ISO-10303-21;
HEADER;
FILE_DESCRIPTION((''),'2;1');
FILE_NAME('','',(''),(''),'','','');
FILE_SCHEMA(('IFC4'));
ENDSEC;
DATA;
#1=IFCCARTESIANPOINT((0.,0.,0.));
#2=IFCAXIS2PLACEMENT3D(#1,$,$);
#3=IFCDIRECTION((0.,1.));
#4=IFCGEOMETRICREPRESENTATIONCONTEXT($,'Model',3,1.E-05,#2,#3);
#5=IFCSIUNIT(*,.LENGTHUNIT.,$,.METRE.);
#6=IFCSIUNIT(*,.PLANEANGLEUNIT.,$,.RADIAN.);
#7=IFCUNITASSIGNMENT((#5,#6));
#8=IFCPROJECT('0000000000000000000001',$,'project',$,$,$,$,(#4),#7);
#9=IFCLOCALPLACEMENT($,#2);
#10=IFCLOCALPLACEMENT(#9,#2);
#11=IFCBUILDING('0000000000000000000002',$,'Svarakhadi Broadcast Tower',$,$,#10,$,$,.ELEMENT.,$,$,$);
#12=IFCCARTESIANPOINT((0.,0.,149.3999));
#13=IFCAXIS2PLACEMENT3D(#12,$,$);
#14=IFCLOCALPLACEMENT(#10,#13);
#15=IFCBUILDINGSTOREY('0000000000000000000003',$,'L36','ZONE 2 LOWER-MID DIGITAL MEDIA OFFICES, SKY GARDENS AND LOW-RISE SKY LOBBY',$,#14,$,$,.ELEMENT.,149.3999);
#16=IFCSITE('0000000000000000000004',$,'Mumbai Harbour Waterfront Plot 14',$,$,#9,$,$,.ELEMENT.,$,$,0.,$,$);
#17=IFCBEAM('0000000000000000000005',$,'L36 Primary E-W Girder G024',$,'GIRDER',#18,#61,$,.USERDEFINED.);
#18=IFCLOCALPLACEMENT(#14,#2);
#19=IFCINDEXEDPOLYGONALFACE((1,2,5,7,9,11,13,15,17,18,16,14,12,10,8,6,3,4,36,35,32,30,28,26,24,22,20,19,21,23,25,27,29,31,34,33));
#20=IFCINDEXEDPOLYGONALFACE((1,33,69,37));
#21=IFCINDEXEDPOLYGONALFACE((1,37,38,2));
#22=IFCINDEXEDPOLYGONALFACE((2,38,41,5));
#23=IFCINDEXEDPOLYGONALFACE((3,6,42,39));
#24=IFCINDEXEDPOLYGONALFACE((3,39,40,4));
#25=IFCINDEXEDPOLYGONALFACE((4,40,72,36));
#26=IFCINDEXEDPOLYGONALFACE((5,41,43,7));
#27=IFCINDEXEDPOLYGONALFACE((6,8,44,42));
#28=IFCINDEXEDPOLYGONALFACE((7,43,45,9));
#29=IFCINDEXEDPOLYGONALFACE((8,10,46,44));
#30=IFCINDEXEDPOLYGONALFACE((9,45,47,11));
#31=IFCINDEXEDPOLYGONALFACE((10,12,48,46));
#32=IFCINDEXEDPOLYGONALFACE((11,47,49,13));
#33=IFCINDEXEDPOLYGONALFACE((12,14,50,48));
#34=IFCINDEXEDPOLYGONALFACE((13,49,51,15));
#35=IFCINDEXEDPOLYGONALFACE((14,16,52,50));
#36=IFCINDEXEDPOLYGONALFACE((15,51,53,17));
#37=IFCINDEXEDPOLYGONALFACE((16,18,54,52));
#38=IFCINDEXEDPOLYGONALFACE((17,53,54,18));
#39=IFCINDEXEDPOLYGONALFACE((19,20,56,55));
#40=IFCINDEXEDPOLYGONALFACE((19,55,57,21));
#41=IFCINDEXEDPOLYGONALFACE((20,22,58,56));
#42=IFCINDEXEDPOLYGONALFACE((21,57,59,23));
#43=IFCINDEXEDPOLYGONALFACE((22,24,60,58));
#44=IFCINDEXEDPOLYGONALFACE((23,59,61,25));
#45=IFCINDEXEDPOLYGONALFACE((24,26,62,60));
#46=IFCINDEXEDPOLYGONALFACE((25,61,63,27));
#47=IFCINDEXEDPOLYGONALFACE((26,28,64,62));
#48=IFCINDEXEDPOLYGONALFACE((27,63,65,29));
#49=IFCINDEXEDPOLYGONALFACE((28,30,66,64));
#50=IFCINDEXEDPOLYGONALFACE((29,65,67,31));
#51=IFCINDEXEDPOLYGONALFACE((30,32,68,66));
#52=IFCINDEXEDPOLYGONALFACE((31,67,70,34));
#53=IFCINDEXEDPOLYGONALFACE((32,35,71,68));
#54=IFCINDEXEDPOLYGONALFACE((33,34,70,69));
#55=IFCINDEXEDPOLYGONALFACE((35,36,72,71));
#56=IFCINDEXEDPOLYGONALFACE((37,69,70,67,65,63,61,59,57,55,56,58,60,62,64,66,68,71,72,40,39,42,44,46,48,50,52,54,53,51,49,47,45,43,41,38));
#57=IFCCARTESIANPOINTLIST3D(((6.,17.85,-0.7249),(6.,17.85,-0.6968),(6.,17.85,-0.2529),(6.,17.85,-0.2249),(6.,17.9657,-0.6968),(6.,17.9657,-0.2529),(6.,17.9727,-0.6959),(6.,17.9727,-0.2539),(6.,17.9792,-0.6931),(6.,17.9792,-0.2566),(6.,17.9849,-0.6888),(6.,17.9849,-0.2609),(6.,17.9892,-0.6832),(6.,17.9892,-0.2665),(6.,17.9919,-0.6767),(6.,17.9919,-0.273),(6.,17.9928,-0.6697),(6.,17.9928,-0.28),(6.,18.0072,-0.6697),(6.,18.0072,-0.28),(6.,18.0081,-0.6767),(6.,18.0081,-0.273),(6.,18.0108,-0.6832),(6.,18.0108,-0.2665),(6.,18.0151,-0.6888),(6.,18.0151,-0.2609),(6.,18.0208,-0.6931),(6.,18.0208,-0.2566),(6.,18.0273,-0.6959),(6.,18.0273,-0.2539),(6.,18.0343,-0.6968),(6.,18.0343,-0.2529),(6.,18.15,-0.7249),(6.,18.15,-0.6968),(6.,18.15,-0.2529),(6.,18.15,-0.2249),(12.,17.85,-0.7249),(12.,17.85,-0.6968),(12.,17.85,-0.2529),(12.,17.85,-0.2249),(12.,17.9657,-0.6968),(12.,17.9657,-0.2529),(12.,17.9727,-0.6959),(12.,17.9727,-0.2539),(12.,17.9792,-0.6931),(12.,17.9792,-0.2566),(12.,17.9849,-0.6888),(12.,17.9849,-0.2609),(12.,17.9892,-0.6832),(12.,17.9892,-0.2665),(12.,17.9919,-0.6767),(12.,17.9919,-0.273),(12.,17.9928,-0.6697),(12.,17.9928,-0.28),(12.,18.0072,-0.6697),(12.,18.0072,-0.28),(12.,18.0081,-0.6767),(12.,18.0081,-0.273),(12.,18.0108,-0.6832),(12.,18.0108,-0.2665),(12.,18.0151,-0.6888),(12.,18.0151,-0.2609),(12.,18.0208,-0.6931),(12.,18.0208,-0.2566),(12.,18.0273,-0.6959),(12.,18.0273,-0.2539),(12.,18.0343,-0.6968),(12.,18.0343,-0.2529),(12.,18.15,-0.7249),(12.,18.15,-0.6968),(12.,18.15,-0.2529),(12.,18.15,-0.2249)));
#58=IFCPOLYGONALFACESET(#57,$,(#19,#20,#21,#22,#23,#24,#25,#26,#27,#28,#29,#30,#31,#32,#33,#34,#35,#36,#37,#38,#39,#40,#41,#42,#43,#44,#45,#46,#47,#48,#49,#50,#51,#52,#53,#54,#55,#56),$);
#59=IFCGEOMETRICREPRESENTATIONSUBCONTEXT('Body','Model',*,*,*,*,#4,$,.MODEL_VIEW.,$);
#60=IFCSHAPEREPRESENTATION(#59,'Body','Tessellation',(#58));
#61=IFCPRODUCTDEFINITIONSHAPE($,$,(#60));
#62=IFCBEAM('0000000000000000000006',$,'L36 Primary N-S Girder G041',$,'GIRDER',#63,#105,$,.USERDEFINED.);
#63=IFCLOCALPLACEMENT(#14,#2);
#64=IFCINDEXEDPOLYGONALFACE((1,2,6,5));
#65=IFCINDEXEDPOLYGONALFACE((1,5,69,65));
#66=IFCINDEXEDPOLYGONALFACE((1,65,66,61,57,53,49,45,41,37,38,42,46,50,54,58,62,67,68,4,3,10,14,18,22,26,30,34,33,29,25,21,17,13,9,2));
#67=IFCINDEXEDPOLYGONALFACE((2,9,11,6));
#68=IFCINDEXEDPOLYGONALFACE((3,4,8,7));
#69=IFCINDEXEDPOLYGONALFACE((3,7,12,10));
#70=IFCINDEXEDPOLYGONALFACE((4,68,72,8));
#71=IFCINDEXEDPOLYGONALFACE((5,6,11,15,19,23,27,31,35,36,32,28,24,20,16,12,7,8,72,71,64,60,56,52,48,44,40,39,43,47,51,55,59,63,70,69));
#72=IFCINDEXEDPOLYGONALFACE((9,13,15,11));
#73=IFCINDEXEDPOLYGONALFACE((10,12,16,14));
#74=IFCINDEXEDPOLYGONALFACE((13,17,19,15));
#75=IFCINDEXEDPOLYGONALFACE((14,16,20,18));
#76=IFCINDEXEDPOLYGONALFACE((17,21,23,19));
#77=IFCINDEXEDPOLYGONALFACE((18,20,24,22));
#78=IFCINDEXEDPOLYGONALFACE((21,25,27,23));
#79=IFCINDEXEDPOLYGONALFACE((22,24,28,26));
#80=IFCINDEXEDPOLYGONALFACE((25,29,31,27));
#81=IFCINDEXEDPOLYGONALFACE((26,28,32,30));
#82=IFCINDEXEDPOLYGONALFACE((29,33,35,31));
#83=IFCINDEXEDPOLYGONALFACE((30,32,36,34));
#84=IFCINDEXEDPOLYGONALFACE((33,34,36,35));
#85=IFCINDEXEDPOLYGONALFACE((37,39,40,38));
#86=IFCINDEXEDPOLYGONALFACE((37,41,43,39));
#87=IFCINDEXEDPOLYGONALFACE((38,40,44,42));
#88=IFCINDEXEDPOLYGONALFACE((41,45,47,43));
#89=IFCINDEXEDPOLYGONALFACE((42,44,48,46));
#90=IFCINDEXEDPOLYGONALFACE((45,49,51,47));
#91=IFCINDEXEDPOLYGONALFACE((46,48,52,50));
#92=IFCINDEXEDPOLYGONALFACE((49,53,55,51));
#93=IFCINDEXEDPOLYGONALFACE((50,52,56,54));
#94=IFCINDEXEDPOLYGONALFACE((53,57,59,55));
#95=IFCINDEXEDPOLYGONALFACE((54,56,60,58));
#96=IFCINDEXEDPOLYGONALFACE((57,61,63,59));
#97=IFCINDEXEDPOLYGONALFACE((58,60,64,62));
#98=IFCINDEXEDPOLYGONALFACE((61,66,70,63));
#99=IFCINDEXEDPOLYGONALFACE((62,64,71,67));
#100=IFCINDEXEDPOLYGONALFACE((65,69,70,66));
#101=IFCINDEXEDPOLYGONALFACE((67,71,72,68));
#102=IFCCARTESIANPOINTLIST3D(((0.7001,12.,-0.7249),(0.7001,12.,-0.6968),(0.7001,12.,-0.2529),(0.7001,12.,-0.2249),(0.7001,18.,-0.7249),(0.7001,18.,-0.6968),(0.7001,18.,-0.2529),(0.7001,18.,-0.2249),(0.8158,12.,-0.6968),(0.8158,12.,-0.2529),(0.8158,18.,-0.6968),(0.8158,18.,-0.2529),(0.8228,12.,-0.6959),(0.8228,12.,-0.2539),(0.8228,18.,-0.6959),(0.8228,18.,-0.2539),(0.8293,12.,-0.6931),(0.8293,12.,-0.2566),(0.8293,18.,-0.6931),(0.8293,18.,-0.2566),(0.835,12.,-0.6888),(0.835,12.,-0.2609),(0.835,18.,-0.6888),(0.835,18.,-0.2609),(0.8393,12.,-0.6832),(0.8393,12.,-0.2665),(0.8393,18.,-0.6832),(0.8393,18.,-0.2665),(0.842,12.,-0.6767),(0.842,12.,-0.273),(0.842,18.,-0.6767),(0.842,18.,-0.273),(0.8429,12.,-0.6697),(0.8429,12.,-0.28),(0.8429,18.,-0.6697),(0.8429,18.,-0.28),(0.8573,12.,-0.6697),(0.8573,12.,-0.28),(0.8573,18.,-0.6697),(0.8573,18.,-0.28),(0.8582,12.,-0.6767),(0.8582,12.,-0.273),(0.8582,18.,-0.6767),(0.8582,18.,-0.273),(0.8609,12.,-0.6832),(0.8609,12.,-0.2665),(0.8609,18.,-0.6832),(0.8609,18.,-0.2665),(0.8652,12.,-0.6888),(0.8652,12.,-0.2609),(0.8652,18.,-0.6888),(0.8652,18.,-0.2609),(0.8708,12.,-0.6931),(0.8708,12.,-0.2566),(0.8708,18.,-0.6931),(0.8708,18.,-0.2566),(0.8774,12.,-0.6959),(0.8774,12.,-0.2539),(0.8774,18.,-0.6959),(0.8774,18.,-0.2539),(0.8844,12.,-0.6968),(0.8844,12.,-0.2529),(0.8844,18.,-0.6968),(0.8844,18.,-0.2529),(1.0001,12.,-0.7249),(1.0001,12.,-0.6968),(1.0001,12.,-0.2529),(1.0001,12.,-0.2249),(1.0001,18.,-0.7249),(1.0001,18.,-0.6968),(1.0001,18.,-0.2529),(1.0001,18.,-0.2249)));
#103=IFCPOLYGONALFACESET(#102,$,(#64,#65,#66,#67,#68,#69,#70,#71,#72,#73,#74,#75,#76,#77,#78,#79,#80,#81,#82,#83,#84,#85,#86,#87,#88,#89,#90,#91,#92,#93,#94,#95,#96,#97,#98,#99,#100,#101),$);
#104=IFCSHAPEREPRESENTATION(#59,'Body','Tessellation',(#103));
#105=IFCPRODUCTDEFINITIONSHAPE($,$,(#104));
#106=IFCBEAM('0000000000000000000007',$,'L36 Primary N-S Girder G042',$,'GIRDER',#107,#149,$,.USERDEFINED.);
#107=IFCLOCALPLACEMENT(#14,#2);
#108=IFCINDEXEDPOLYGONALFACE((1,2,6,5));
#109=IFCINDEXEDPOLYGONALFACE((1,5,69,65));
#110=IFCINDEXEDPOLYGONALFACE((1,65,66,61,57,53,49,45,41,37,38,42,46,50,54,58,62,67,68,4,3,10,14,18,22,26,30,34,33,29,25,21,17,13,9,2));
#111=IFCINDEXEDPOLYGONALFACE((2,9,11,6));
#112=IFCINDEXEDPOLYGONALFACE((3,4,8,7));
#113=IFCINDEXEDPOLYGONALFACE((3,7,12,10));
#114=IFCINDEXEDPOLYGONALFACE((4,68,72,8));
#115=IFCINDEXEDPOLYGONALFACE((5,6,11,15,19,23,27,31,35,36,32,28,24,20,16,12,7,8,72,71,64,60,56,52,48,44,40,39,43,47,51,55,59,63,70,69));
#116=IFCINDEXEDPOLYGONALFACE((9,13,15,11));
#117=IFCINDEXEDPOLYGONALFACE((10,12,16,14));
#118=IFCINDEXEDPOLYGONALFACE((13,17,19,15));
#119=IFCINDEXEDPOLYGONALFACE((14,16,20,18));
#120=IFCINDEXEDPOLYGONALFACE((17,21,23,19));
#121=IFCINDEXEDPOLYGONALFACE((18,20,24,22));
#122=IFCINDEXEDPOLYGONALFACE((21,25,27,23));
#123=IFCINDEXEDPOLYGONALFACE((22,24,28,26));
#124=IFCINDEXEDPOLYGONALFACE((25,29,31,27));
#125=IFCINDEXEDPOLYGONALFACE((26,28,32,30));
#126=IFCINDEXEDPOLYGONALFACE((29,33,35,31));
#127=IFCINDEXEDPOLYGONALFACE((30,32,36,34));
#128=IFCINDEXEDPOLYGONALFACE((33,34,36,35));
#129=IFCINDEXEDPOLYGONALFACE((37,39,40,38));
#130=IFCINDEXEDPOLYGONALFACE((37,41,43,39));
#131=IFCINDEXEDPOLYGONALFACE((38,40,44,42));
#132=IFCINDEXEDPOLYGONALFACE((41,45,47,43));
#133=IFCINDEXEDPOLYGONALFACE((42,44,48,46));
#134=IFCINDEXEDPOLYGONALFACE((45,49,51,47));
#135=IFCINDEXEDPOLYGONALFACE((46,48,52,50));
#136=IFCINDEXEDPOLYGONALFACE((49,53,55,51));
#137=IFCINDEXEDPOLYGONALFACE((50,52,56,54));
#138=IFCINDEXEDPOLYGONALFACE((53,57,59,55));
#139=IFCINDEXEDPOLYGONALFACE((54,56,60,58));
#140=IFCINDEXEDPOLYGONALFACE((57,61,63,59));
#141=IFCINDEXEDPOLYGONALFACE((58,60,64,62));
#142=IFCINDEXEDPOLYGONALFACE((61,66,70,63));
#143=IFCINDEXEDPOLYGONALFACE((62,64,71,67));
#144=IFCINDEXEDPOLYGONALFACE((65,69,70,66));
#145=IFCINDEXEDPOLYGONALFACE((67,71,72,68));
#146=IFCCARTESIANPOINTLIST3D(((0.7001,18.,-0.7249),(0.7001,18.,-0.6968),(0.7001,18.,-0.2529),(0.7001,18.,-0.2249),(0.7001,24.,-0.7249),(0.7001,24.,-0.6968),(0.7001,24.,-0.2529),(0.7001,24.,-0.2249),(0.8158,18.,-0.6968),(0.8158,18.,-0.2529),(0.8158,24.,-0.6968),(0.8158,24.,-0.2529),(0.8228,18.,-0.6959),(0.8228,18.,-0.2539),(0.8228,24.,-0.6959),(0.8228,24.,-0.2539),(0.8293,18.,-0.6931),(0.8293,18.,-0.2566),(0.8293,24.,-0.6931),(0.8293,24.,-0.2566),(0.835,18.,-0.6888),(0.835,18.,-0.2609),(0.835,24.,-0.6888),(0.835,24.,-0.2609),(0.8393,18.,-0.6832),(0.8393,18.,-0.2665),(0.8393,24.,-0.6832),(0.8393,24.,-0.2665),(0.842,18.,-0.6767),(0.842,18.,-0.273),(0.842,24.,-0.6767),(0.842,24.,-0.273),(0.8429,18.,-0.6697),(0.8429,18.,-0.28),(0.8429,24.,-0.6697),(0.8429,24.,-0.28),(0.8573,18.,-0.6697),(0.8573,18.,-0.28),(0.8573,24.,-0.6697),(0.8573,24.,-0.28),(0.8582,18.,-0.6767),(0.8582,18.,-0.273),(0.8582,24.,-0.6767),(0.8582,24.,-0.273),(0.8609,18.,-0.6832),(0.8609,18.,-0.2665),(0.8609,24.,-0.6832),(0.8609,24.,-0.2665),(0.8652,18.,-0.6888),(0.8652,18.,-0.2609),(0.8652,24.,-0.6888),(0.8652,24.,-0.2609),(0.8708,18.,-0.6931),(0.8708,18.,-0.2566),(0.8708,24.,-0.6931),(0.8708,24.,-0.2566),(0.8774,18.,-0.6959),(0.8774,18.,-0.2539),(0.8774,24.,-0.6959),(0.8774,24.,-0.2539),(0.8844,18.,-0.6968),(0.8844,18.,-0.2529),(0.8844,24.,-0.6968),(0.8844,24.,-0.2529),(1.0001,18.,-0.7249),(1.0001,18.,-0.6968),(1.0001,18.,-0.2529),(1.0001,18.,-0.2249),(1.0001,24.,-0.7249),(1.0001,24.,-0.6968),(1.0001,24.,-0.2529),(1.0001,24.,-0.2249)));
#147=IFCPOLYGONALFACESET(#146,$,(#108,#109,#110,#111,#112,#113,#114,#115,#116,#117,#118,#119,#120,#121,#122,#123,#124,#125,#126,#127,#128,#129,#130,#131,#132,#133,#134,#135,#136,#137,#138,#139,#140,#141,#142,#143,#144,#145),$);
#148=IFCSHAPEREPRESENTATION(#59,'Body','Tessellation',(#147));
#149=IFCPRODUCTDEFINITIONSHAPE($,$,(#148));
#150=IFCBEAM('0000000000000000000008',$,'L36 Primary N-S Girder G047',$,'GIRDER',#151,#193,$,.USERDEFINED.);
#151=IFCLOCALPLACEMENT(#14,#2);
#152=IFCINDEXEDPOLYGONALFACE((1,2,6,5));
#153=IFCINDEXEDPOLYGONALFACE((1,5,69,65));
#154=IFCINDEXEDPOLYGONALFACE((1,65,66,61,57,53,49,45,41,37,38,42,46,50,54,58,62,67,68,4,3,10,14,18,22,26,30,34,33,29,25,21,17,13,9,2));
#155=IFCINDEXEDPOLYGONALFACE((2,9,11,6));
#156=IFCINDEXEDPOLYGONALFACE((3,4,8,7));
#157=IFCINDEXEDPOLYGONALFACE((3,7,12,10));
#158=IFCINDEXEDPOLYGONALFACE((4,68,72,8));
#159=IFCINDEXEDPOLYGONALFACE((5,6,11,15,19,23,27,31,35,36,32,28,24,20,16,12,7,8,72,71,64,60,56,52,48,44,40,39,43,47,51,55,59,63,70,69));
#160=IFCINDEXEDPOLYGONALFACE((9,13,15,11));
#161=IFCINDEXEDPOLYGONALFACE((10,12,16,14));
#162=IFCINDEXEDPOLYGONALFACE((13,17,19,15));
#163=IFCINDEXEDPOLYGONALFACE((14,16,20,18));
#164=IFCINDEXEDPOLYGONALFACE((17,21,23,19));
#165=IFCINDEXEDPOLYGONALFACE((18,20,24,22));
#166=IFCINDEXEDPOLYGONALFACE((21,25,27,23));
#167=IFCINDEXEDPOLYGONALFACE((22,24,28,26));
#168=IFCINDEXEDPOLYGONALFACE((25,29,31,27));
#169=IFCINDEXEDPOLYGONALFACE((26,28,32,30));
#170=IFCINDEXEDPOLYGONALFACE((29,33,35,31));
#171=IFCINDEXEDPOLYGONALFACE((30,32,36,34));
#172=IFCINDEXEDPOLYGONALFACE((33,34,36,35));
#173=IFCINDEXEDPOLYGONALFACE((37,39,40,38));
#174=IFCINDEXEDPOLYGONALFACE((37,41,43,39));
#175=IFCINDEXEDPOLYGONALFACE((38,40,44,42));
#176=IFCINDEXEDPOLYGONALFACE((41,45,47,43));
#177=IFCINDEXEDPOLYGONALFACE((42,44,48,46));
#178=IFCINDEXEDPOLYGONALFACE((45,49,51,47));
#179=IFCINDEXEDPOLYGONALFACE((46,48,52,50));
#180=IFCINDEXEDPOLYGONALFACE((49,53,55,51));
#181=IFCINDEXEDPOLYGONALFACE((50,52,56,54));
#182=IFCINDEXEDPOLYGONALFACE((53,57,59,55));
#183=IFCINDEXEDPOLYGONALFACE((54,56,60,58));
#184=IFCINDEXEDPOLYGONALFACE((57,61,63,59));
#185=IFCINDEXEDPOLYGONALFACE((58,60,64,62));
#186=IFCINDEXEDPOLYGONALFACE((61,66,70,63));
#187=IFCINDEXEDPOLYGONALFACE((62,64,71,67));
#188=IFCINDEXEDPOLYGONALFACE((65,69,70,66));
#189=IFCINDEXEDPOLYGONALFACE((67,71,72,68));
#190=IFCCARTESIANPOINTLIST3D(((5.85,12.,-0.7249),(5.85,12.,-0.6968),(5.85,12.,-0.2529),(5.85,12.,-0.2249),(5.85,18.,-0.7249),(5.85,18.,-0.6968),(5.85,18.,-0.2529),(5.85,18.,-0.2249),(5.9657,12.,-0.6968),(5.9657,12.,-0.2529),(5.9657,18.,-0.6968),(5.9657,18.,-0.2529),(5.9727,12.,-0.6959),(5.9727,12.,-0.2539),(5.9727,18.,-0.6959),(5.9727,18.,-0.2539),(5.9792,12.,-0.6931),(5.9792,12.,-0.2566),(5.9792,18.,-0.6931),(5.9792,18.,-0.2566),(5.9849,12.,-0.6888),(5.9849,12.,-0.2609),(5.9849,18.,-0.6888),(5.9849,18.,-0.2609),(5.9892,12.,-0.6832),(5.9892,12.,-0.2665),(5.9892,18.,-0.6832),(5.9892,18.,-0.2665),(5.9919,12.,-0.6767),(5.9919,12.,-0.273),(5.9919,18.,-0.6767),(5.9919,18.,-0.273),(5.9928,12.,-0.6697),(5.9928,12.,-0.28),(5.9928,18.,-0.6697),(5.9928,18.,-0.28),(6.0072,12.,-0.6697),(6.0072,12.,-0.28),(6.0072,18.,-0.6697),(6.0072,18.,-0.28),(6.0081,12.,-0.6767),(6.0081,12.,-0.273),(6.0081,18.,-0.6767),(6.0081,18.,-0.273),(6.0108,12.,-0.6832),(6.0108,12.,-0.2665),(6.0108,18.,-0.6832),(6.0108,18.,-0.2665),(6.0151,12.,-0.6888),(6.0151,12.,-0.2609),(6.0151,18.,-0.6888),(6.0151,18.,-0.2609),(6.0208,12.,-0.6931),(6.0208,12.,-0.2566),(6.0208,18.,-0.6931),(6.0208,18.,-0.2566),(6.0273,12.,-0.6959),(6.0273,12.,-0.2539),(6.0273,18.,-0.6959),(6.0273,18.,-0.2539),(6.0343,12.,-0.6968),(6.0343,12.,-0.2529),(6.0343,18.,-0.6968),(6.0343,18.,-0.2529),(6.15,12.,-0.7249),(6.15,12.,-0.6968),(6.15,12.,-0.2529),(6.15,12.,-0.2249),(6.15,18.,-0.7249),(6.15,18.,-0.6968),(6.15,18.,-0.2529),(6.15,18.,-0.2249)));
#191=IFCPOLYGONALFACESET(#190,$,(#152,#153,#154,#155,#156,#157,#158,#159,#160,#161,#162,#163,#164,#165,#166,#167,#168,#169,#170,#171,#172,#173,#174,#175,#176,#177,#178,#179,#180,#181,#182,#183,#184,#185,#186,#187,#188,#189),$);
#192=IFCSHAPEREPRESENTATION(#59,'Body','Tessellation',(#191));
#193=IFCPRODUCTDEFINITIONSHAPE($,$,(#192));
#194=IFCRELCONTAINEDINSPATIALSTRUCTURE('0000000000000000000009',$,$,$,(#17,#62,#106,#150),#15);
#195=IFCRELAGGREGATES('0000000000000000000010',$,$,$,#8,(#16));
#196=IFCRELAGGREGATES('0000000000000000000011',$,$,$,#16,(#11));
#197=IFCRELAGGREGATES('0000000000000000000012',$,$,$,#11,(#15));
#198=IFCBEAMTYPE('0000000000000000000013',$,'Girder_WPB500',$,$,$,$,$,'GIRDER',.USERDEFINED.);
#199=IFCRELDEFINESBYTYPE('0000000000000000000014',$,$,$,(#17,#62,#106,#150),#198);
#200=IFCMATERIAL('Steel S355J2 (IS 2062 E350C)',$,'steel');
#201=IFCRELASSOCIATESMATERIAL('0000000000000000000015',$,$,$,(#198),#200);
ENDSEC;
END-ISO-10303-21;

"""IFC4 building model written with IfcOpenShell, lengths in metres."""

from ifc_helpers import new_model, si_unit, direction, frame, origin, origin_2d, place, context, subcontext, project, spatial, i_section, extrude, material, material_profile, profile_set, type_object, element, save


model = new_model("IFC4")

# Units and contexts
model_context = context("Model", 3, precision=1e-05, world=origin(), true_north=direction((0.0, 1.0)))
body_context = subcontext(model_context, "Body", "Model", "MODEL_VIEW")
ifc_project = project(units=[si_unit("LENGTHUNIT", "METRE"), si_unit("PLANEANGLEUNIT", "RADIAN")], contexts=[model_context])

# Site, building, storey
site_placement = place(None, origin())
site = spatial("IfcSite", under=ifc_project, at=site_placement, Name="Mumbai Harbour Waterfront Plot 14", CompositionType="ELEMENT", RefElevation=0.0)
building_placement = place(site_placement, origin())
building = spatial("IfcBuilding", under=site, at=building_placement, Name="Svarakhadi Broadcast Tower", CompositionType="ELEMENT")
storey_placement = place(building_placement, frame((0.0, 0.0, 149.3999)))
storey = spatial("IfcBuildingStorey", under=building, at=storey_placement, Name="L36", Description="ZONE 2 LOWER-MID DIGITAL MEDIA OFFICES, SKY GARDENS AND LOW-RISE SKY LOBBY", CompositionType="ELEMENT", Elevation=149.3999)

# Shared definitions
ifc_material_1 = material(Name="Steel S355J2 (IS 2062 E350C)", Category="steel")

# Beams
ifc_material_profile_1 = material_profile(ifc_material_1, i_section(OverallWidth=0.3, OverallDepth=0.5, WebThickness=0.0144, FlangeThickness=0.0281, FilletRadius=0.0271, at=origin_2d()), Name="WPB 500x300x187")
ifc_profile_set_1 = profile_set([ifc_material_profile_1], Name="Steel S355J2 (IS 2062 E350C)")
beam_type_1 = type_object("IfcBeamType", Name="Girder_WPB500", ElementType="GIRDER", PredefinedType="USERDEFINED", material=ifc_profile_set_1)
for number, where, z_axis, x_axis, name in (
    (1, (6.0, 18.0, -0.4749), (1.0, 0.0, 0.0), (0.0, 1.0, 0.0), "L36 Primary E-W Girder G024"),
    (2, (0.8501, 12.0, -0.4749), (0.0, 1.0, 0.0), (-1.0, 0.0, 0.0), "L36 Primary N-S Girder G041"),
    (3, (0.8501, 18.0, -0.4749), (0.0, 1.0, 0.0), (-1.0, 0.0, 0.0), "L36 Primary N-S Girder G042"),
    (4, (6.0, 12.0, -0.4749), (0.0, 1.0, 0.0), (-1.0, 0.0, 0.0), "L36 Primary N-S Girder G047"),
):
    element("IfcBeam", number, at=place(storey_placement, frame(where, z_axis=z_axis, x_axis=x_axis)), inside=storey, type_object=beam_type_1, Name=name, ObjectType="GIRDER", PredefinedType="USERDEFINED", context=body_context, shape_type="SweptSolid", body=[
        extrude(i_section(OverallWidth=0.3, OverallDepth=0.5, WebThickness=0.0144, FlangeThickness=0.0281, FilletRadius=0.0271, at=origin_2d()), origin(), (0.0, 0.0, 1.0), 6.0),
    ])

save(model, "model.ifc")
